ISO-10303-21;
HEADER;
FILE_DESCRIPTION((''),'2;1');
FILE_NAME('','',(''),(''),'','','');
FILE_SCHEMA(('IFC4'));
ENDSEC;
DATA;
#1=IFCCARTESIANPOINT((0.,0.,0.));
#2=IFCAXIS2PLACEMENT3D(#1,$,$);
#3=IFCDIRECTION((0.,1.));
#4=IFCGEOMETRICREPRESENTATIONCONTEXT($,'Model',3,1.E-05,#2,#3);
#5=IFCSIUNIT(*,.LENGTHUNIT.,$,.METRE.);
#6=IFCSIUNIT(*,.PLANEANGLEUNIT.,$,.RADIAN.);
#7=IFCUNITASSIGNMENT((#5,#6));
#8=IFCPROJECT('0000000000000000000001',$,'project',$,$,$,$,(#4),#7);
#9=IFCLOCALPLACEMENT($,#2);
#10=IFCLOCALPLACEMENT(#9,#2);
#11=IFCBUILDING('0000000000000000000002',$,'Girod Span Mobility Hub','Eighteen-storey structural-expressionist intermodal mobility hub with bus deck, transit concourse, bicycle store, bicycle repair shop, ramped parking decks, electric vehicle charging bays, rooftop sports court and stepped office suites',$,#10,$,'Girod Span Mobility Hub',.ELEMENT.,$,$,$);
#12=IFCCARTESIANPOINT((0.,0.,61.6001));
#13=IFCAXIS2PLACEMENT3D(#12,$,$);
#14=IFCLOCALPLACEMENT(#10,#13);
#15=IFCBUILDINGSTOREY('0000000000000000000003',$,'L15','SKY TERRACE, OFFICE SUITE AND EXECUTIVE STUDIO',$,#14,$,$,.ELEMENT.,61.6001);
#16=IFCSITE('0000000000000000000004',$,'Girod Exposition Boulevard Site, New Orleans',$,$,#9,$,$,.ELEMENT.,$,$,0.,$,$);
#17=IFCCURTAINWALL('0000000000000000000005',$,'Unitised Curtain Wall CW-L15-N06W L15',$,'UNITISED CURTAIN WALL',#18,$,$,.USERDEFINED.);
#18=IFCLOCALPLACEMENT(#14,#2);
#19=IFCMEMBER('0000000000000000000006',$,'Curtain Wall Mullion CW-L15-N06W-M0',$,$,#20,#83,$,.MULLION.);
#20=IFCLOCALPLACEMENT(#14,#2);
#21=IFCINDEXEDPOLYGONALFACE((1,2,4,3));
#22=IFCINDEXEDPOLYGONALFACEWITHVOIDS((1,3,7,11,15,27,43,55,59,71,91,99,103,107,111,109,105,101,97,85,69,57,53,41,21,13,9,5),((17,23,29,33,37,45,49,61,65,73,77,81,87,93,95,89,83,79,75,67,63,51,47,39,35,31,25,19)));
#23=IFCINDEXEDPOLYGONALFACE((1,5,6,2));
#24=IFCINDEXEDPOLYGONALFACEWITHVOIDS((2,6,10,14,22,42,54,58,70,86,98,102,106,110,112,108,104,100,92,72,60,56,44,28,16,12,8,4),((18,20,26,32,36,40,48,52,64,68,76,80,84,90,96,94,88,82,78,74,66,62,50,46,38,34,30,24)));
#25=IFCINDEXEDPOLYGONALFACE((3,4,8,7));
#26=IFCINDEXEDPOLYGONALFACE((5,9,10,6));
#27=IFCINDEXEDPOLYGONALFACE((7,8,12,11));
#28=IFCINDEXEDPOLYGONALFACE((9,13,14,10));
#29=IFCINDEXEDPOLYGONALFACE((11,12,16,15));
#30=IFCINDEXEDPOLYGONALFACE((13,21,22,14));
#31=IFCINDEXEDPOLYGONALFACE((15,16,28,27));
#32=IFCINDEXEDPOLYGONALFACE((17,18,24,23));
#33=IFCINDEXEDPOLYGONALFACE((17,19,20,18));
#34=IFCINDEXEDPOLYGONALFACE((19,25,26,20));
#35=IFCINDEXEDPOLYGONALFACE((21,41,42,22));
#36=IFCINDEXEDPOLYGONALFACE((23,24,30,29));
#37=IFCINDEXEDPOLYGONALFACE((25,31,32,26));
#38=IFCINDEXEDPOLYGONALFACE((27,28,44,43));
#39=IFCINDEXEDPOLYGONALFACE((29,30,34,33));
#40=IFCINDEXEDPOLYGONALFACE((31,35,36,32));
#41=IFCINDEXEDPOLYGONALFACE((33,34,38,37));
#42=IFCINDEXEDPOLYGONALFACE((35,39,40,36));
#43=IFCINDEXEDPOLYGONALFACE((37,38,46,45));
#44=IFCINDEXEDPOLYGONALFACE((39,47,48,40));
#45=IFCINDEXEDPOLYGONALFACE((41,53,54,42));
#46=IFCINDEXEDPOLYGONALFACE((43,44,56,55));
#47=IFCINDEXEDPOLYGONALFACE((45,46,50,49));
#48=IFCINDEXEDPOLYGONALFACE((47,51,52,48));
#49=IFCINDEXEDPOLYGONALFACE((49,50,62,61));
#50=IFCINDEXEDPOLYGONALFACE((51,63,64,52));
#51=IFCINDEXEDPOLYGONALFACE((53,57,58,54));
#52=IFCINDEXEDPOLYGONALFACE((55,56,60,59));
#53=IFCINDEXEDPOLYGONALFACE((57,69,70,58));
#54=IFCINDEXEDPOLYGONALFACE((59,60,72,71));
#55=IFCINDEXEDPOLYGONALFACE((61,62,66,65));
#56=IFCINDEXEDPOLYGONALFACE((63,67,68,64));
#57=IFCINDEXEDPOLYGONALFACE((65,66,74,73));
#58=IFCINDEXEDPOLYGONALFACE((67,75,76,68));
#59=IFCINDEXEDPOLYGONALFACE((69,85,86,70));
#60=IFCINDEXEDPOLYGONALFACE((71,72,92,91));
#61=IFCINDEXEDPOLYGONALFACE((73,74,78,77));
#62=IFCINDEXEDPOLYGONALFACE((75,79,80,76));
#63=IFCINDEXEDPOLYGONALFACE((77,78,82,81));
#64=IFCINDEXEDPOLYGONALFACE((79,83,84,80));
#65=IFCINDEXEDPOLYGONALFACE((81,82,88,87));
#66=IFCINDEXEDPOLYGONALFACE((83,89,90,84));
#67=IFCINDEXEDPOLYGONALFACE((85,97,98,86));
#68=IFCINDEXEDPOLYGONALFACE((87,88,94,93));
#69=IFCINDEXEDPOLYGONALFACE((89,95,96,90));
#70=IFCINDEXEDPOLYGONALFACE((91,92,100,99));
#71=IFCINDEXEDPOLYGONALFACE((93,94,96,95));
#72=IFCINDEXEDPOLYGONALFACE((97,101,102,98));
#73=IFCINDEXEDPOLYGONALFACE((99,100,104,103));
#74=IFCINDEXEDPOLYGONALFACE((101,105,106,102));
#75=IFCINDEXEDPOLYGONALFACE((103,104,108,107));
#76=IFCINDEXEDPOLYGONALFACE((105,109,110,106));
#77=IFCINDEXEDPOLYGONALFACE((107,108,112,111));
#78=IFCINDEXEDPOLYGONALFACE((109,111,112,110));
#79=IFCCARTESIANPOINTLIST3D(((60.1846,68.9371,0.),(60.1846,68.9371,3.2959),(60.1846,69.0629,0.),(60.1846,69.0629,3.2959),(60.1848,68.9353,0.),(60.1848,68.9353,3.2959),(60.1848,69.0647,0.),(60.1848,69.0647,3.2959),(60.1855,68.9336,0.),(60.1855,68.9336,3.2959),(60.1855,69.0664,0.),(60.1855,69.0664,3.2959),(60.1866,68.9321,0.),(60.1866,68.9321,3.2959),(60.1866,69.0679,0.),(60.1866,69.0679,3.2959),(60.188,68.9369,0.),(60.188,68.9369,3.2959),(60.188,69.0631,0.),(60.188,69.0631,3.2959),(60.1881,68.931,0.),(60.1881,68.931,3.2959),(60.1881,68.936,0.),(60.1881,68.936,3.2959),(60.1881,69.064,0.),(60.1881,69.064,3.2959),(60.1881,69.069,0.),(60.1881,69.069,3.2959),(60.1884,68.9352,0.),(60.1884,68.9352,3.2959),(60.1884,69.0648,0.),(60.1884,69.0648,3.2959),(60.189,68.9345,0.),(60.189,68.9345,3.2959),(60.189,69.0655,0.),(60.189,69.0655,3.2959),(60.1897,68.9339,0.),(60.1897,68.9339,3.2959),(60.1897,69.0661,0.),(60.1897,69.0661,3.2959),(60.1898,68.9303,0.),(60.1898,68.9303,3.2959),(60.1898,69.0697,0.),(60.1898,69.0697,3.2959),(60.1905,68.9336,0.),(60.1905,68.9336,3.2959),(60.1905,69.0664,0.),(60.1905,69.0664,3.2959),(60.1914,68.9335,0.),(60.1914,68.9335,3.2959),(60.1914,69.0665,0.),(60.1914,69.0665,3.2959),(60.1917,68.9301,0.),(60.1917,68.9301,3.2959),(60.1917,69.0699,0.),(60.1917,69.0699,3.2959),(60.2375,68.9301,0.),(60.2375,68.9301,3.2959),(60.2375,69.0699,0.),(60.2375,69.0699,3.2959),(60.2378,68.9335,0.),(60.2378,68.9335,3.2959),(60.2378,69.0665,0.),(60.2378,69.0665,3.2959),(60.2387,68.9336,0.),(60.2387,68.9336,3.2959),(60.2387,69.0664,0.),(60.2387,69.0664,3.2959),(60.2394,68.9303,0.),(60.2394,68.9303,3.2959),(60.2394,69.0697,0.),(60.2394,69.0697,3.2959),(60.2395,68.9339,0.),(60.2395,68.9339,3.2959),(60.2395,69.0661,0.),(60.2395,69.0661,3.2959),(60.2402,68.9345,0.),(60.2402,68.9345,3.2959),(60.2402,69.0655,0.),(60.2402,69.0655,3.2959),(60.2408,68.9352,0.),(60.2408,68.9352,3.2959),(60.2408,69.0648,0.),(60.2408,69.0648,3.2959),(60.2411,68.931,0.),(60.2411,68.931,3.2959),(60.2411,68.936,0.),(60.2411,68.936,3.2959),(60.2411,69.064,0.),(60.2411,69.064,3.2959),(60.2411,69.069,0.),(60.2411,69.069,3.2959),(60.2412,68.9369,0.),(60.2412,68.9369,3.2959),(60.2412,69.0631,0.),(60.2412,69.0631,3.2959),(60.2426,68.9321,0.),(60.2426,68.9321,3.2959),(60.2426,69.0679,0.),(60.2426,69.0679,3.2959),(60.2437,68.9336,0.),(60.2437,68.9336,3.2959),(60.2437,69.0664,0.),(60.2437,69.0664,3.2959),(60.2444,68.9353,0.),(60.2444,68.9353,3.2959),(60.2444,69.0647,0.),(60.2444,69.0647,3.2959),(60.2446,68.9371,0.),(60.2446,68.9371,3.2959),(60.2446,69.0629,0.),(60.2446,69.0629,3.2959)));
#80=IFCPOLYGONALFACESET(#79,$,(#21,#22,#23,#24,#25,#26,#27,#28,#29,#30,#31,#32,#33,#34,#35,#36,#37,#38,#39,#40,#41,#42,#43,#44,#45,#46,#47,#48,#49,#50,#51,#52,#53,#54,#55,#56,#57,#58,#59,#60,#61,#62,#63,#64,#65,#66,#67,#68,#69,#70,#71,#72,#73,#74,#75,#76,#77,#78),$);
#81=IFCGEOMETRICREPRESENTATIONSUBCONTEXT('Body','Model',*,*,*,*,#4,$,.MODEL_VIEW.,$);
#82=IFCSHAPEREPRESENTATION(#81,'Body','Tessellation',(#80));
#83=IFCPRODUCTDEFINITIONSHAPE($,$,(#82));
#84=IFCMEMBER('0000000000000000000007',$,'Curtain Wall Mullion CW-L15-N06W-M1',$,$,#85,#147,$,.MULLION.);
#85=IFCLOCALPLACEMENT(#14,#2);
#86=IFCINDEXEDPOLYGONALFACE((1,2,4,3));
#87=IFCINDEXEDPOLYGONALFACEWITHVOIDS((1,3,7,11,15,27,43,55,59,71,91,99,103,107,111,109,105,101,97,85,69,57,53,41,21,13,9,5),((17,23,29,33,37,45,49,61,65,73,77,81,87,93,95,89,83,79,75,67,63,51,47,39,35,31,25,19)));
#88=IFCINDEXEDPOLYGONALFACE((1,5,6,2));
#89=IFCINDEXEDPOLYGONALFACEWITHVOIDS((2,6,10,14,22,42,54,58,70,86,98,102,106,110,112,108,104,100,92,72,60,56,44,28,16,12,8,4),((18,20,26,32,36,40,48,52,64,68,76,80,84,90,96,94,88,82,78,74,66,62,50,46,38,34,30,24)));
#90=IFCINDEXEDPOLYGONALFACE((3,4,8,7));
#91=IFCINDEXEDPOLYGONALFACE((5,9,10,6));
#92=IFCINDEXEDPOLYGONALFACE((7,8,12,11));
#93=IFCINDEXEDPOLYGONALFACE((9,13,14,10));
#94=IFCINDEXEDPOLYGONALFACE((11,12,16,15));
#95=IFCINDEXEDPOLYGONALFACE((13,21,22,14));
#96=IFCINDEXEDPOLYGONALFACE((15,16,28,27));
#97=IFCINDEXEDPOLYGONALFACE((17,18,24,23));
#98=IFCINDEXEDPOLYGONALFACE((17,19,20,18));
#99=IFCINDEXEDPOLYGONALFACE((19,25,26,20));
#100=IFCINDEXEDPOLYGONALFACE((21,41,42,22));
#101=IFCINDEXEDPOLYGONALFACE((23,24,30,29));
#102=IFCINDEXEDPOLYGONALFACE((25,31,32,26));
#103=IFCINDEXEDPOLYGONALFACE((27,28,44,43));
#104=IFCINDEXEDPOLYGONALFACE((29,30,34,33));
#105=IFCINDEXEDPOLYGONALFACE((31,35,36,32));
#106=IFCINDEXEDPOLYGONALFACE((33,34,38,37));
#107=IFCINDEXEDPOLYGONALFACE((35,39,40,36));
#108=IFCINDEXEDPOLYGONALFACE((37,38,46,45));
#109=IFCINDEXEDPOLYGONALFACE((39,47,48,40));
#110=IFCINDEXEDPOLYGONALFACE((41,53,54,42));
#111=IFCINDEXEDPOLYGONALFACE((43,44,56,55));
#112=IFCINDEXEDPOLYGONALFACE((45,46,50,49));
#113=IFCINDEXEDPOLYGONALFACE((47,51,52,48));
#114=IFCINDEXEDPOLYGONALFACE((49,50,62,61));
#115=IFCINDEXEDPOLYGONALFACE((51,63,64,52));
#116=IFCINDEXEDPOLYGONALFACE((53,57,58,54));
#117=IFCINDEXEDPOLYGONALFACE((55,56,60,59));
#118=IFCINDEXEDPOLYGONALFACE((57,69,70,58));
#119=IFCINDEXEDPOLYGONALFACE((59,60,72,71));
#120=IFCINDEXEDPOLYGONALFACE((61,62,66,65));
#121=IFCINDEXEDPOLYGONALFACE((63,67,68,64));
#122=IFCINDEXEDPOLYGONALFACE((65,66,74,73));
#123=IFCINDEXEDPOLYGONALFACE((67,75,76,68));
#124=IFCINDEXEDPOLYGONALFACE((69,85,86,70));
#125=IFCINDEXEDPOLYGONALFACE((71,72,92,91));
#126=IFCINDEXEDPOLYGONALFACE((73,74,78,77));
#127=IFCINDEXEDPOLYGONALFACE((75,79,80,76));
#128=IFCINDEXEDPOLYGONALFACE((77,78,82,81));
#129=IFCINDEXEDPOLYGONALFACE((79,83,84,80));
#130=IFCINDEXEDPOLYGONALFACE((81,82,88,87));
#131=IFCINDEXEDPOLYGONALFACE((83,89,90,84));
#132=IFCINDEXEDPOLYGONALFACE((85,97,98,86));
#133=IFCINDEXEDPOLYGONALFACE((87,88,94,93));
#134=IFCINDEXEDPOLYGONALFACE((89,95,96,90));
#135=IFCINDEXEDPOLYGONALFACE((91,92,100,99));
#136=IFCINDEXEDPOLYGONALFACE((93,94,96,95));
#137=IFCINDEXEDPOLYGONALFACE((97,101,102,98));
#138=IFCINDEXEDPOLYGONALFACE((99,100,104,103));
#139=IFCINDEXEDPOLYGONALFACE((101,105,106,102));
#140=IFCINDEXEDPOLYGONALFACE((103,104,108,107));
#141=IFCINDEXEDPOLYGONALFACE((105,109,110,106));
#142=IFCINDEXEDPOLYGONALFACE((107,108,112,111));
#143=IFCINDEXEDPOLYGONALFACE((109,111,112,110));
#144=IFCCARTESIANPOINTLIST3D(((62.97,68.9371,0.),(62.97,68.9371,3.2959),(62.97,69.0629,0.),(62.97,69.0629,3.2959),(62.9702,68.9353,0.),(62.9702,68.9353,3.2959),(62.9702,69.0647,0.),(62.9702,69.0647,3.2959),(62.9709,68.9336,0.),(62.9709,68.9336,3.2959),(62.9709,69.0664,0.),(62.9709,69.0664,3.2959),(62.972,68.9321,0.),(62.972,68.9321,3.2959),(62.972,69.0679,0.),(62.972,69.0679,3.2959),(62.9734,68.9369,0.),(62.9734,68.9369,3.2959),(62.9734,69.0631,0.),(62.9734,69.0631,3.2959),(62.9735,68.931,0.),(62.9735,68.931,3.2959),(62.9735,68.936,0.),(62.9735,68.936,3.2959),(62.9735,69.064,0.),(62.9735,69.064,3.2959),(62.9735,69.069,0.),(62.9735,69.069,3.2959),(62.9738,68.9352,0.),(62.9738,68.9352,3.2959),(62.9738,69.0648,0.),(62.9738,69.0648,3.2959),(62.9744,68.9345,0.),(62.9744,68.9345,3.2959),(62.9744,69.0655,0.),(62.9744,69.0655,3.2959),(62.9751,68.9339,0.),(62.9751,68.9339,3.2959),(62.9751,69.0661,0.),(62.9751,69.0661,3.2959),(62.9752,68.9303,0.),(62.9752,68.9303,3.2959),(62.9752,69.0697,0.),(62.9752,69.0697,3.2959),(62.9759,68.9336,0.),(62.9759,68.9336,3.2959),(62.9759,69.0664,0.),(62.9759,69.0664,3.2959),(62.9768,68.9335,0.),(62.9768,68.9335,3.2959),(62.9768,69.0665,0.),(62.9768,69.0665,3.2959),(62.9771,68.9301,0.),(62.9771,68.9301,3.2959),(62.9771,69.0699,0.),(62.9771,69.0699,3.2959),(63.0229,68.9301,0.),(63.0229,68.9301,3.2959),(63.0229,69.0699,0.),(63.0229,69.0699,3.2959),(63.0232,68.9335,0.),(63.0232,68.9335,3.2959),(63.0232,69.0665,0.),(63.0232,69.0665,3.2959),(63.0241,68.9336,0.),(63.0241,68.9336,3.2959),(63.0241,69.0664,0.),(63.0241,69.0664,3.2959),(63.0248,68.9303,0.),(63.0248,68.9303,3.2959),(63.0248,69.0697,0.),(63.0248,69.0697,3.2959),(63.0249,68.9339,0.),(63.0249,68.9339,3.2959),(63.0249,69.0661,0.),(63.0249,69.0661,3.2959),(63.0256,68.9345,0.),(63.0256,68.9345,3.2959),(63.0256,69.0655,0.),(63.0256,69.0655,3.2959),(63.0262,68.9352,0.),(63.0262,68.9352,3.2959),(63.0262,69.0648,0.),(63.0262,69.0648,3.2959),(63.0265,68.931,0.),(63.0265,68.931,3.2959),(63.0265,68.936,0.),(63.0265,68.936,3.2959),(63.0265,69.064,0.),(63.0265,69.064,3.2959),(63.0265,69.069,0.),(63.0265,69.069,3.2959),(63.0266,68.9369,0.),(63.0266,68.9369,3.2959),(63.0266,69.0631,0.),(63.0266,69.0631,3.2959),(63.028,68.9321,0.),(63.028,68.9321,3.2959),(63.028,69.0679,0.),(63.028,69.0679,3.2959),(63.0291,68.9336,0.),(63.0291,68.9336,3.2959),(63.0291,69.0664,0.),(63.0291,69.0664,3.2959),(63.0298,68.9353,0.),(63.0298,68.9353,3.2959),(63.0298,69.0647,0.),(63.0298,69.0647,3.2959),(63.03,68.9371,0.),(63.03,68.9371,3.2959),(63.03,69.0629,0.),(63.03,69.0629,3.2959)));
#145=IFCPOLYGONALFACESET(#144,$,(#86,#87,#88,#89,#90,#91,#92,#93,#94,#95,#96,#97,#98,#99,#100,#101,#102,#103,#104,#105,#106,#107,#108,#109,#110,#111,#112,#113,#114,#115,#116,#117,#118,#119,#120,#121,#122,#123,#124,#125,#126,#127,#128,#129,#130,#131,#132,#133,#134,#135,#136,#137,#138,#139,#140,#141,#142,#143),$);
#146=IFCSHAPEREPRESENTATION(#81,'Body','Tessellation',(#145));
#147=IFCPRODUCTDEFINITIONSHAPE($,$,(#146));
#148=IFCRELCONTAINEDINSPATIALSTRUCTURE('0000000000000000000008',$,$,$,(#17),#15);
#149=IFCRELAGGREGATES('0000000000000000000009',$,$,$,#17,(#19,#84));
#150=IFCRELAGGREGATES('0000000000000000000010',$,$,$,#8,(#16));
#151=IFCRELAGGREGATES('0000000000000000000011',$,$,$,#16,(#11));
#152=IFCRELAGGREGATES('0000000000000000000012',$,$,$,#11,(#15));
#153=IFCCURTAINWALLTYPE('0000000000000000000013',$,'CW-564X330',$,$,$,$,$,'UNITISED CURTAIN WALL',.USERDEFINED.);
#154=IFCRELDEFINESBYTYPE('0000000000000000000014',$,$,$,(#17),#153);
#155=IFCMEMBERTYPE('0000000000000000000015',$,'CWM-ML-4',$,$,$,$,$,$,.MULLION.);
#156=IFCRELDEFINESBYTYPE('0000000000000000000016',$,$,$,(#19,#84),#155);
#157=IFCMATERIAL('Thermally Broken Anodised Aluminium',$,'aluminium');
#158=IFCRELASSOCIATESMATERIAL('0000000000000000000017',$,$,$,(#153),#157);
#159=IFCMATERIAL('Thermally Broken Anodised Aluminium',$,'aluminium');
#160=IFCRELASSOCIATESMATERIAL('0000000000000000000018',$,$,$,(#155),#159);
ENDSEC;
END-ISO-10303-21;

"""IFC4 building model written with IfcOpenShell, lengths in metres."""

from ifc_helpers import new_model, si_unit, direction, frame, origin, origin_2d, place, context, subcontext, project, spatial, hollow_rectangle, extrude, material, material_profile, profile_set, type_object, element, aggregate, save


model = new_model("IFC4")

# Units and contexts
model_context = context("Model", 3, precision=1e-05, world=origin(), true_north=direction((0.0, 1.0)))
body_context = subcontext(model_context, "Body", "Model", "MODEL_VIEW")
ifc_project = project(units=[si_unit("LENGTHUNIT", "METRE"), si_unit("PLANEANGLEUNIT", "RADIAN")], contexts=[model_context])

# Site, building, storey
site_placement = place(None, origin())
site = spatial("IfcSite", under=ifc_project, at=site_placement, Name="Girod Exposition Boulevard Site, New Orleans", CompositionType="ELEMENT", RefElevation=0.0)
building_placement = place(site_placement, origin())
building = spatial("IfcBuilding", under=site, at=building_placement, Name="Girod Span Mobility Hub", Description="Eighteen-storey structural-expressionist intermodal mobility hub with bus deck, transit concourse, bicycle store, bicycle repair shop, ramped parking decks, electric vehicle charging bays, rooftop sports court and stepped office suites", LongName="Girod Span Mobility Hub", CompositionType="ELEMENT")
storey_placement = place(building_placement, frame((0.0, 0.0, 61.6001)))
storey = spatial("IfcBuildingStorey", under=building, at=storey_placement, Name="L15", Description="SKY TERRACE, OFFICE SUITE AND EXECUTIVE STUDIO", CompositionType="ELEMENT", Elevation=61.6001)

# Curtain wall, members
ifc_material_1 = material(Name="Thermally Broken Anodised Aluminium", Category="aluminium")
curtain_wall_type = type_object("IfcCurtainWallType", Name="CW-564X330", ElementType="UNITISED CURTAIN WALL", PredefinedType="USERDEFINED", material=ifc_material_1)
curtain_wall_placement = place(storey_placement, origin())
curtain_wall = element("IfcCurtainWall", 1, at=curtain_wall_placement, inside=storey, type_object=curtain_wall_type, Name="Unitised Curtain Wall CW-L15-N06W L15", ObjectType="UNITISED CURTAIN WALL", PredefinedType="USERDEFINED")
ifc_material_2 = material(Name="Thermally Broken Anodised Aluminium", Category="aluminium")
ifc_material_profile_1 = material_profile(ifc_material_2, hollow_rectangle(XDim=0.1399, YDim=0.0601, WallThickness=0.0034, InnerFilletRadius=0.0034, OuterFilletRadius=0.0071, at=origin_2d()), Name="CW-ML-60X140")
ifc_profile_set_1 = profile_set([ifc_material_profile_1], Name="Thermally Broken Anodised Aluminium")
member_type_1 = type_object("IfcMemberType", Name="CWM-ML-4", PredefinedType="MULLION", material=ifc_profile_set_1)
member_1_placement = place(storey_placement, frame((60.2146, 69.0, 0.0), z_axis=(0.0, 0.0, 1.0), x_axis=(0.0, 1.0, 0.0)))
member_1 = element("IfcMember", 2, at=member_1_placement, type_object=member_type_1, Name="Curtain Wall Mullion CW-L15-N06W-M0", PredefinedType="MULLION", context=body_context, shape_type="SweptSolid", body=[
    extrude(hollow_rectangle(XDim=0.1399, YDim=0.0601, WallThickness=0.0034, InnerFilletRadius=0.0034, OuterFilletRadius=0.0071, at=origin_2d()), origin(), (0.0, 0.0, 1.0), 3.2959),
])
member_2_placement = place(storey_placement, frame((63.0, 69.0, 0.0), z_axis=(0.0, 0.0, 1.0), x_axis=(0.0, 1.0, 0.0)))
member_2 = element("IfcMember", 3, at=member_2_placement, type_object=member_type_1, Name="Curtain Wall Mullion CW-L15-N06W-M1", PredefinedType="MULLION", context=body_context, shape_type="SweptSolid", body=[
    extrude(hollow_rectangle(XDim=0.1399, YDim=0.0601, WallThickness=0.0034, InnerFilletRadius=0.0034, OuterFilletRadius=0.0071, at=origin_2d()), origin(), (0.0, 0.0, 1.0), 3.2959),
])
aggregate(curtain_wall, [member_1, member_2])

save(model, "model.ifc")
